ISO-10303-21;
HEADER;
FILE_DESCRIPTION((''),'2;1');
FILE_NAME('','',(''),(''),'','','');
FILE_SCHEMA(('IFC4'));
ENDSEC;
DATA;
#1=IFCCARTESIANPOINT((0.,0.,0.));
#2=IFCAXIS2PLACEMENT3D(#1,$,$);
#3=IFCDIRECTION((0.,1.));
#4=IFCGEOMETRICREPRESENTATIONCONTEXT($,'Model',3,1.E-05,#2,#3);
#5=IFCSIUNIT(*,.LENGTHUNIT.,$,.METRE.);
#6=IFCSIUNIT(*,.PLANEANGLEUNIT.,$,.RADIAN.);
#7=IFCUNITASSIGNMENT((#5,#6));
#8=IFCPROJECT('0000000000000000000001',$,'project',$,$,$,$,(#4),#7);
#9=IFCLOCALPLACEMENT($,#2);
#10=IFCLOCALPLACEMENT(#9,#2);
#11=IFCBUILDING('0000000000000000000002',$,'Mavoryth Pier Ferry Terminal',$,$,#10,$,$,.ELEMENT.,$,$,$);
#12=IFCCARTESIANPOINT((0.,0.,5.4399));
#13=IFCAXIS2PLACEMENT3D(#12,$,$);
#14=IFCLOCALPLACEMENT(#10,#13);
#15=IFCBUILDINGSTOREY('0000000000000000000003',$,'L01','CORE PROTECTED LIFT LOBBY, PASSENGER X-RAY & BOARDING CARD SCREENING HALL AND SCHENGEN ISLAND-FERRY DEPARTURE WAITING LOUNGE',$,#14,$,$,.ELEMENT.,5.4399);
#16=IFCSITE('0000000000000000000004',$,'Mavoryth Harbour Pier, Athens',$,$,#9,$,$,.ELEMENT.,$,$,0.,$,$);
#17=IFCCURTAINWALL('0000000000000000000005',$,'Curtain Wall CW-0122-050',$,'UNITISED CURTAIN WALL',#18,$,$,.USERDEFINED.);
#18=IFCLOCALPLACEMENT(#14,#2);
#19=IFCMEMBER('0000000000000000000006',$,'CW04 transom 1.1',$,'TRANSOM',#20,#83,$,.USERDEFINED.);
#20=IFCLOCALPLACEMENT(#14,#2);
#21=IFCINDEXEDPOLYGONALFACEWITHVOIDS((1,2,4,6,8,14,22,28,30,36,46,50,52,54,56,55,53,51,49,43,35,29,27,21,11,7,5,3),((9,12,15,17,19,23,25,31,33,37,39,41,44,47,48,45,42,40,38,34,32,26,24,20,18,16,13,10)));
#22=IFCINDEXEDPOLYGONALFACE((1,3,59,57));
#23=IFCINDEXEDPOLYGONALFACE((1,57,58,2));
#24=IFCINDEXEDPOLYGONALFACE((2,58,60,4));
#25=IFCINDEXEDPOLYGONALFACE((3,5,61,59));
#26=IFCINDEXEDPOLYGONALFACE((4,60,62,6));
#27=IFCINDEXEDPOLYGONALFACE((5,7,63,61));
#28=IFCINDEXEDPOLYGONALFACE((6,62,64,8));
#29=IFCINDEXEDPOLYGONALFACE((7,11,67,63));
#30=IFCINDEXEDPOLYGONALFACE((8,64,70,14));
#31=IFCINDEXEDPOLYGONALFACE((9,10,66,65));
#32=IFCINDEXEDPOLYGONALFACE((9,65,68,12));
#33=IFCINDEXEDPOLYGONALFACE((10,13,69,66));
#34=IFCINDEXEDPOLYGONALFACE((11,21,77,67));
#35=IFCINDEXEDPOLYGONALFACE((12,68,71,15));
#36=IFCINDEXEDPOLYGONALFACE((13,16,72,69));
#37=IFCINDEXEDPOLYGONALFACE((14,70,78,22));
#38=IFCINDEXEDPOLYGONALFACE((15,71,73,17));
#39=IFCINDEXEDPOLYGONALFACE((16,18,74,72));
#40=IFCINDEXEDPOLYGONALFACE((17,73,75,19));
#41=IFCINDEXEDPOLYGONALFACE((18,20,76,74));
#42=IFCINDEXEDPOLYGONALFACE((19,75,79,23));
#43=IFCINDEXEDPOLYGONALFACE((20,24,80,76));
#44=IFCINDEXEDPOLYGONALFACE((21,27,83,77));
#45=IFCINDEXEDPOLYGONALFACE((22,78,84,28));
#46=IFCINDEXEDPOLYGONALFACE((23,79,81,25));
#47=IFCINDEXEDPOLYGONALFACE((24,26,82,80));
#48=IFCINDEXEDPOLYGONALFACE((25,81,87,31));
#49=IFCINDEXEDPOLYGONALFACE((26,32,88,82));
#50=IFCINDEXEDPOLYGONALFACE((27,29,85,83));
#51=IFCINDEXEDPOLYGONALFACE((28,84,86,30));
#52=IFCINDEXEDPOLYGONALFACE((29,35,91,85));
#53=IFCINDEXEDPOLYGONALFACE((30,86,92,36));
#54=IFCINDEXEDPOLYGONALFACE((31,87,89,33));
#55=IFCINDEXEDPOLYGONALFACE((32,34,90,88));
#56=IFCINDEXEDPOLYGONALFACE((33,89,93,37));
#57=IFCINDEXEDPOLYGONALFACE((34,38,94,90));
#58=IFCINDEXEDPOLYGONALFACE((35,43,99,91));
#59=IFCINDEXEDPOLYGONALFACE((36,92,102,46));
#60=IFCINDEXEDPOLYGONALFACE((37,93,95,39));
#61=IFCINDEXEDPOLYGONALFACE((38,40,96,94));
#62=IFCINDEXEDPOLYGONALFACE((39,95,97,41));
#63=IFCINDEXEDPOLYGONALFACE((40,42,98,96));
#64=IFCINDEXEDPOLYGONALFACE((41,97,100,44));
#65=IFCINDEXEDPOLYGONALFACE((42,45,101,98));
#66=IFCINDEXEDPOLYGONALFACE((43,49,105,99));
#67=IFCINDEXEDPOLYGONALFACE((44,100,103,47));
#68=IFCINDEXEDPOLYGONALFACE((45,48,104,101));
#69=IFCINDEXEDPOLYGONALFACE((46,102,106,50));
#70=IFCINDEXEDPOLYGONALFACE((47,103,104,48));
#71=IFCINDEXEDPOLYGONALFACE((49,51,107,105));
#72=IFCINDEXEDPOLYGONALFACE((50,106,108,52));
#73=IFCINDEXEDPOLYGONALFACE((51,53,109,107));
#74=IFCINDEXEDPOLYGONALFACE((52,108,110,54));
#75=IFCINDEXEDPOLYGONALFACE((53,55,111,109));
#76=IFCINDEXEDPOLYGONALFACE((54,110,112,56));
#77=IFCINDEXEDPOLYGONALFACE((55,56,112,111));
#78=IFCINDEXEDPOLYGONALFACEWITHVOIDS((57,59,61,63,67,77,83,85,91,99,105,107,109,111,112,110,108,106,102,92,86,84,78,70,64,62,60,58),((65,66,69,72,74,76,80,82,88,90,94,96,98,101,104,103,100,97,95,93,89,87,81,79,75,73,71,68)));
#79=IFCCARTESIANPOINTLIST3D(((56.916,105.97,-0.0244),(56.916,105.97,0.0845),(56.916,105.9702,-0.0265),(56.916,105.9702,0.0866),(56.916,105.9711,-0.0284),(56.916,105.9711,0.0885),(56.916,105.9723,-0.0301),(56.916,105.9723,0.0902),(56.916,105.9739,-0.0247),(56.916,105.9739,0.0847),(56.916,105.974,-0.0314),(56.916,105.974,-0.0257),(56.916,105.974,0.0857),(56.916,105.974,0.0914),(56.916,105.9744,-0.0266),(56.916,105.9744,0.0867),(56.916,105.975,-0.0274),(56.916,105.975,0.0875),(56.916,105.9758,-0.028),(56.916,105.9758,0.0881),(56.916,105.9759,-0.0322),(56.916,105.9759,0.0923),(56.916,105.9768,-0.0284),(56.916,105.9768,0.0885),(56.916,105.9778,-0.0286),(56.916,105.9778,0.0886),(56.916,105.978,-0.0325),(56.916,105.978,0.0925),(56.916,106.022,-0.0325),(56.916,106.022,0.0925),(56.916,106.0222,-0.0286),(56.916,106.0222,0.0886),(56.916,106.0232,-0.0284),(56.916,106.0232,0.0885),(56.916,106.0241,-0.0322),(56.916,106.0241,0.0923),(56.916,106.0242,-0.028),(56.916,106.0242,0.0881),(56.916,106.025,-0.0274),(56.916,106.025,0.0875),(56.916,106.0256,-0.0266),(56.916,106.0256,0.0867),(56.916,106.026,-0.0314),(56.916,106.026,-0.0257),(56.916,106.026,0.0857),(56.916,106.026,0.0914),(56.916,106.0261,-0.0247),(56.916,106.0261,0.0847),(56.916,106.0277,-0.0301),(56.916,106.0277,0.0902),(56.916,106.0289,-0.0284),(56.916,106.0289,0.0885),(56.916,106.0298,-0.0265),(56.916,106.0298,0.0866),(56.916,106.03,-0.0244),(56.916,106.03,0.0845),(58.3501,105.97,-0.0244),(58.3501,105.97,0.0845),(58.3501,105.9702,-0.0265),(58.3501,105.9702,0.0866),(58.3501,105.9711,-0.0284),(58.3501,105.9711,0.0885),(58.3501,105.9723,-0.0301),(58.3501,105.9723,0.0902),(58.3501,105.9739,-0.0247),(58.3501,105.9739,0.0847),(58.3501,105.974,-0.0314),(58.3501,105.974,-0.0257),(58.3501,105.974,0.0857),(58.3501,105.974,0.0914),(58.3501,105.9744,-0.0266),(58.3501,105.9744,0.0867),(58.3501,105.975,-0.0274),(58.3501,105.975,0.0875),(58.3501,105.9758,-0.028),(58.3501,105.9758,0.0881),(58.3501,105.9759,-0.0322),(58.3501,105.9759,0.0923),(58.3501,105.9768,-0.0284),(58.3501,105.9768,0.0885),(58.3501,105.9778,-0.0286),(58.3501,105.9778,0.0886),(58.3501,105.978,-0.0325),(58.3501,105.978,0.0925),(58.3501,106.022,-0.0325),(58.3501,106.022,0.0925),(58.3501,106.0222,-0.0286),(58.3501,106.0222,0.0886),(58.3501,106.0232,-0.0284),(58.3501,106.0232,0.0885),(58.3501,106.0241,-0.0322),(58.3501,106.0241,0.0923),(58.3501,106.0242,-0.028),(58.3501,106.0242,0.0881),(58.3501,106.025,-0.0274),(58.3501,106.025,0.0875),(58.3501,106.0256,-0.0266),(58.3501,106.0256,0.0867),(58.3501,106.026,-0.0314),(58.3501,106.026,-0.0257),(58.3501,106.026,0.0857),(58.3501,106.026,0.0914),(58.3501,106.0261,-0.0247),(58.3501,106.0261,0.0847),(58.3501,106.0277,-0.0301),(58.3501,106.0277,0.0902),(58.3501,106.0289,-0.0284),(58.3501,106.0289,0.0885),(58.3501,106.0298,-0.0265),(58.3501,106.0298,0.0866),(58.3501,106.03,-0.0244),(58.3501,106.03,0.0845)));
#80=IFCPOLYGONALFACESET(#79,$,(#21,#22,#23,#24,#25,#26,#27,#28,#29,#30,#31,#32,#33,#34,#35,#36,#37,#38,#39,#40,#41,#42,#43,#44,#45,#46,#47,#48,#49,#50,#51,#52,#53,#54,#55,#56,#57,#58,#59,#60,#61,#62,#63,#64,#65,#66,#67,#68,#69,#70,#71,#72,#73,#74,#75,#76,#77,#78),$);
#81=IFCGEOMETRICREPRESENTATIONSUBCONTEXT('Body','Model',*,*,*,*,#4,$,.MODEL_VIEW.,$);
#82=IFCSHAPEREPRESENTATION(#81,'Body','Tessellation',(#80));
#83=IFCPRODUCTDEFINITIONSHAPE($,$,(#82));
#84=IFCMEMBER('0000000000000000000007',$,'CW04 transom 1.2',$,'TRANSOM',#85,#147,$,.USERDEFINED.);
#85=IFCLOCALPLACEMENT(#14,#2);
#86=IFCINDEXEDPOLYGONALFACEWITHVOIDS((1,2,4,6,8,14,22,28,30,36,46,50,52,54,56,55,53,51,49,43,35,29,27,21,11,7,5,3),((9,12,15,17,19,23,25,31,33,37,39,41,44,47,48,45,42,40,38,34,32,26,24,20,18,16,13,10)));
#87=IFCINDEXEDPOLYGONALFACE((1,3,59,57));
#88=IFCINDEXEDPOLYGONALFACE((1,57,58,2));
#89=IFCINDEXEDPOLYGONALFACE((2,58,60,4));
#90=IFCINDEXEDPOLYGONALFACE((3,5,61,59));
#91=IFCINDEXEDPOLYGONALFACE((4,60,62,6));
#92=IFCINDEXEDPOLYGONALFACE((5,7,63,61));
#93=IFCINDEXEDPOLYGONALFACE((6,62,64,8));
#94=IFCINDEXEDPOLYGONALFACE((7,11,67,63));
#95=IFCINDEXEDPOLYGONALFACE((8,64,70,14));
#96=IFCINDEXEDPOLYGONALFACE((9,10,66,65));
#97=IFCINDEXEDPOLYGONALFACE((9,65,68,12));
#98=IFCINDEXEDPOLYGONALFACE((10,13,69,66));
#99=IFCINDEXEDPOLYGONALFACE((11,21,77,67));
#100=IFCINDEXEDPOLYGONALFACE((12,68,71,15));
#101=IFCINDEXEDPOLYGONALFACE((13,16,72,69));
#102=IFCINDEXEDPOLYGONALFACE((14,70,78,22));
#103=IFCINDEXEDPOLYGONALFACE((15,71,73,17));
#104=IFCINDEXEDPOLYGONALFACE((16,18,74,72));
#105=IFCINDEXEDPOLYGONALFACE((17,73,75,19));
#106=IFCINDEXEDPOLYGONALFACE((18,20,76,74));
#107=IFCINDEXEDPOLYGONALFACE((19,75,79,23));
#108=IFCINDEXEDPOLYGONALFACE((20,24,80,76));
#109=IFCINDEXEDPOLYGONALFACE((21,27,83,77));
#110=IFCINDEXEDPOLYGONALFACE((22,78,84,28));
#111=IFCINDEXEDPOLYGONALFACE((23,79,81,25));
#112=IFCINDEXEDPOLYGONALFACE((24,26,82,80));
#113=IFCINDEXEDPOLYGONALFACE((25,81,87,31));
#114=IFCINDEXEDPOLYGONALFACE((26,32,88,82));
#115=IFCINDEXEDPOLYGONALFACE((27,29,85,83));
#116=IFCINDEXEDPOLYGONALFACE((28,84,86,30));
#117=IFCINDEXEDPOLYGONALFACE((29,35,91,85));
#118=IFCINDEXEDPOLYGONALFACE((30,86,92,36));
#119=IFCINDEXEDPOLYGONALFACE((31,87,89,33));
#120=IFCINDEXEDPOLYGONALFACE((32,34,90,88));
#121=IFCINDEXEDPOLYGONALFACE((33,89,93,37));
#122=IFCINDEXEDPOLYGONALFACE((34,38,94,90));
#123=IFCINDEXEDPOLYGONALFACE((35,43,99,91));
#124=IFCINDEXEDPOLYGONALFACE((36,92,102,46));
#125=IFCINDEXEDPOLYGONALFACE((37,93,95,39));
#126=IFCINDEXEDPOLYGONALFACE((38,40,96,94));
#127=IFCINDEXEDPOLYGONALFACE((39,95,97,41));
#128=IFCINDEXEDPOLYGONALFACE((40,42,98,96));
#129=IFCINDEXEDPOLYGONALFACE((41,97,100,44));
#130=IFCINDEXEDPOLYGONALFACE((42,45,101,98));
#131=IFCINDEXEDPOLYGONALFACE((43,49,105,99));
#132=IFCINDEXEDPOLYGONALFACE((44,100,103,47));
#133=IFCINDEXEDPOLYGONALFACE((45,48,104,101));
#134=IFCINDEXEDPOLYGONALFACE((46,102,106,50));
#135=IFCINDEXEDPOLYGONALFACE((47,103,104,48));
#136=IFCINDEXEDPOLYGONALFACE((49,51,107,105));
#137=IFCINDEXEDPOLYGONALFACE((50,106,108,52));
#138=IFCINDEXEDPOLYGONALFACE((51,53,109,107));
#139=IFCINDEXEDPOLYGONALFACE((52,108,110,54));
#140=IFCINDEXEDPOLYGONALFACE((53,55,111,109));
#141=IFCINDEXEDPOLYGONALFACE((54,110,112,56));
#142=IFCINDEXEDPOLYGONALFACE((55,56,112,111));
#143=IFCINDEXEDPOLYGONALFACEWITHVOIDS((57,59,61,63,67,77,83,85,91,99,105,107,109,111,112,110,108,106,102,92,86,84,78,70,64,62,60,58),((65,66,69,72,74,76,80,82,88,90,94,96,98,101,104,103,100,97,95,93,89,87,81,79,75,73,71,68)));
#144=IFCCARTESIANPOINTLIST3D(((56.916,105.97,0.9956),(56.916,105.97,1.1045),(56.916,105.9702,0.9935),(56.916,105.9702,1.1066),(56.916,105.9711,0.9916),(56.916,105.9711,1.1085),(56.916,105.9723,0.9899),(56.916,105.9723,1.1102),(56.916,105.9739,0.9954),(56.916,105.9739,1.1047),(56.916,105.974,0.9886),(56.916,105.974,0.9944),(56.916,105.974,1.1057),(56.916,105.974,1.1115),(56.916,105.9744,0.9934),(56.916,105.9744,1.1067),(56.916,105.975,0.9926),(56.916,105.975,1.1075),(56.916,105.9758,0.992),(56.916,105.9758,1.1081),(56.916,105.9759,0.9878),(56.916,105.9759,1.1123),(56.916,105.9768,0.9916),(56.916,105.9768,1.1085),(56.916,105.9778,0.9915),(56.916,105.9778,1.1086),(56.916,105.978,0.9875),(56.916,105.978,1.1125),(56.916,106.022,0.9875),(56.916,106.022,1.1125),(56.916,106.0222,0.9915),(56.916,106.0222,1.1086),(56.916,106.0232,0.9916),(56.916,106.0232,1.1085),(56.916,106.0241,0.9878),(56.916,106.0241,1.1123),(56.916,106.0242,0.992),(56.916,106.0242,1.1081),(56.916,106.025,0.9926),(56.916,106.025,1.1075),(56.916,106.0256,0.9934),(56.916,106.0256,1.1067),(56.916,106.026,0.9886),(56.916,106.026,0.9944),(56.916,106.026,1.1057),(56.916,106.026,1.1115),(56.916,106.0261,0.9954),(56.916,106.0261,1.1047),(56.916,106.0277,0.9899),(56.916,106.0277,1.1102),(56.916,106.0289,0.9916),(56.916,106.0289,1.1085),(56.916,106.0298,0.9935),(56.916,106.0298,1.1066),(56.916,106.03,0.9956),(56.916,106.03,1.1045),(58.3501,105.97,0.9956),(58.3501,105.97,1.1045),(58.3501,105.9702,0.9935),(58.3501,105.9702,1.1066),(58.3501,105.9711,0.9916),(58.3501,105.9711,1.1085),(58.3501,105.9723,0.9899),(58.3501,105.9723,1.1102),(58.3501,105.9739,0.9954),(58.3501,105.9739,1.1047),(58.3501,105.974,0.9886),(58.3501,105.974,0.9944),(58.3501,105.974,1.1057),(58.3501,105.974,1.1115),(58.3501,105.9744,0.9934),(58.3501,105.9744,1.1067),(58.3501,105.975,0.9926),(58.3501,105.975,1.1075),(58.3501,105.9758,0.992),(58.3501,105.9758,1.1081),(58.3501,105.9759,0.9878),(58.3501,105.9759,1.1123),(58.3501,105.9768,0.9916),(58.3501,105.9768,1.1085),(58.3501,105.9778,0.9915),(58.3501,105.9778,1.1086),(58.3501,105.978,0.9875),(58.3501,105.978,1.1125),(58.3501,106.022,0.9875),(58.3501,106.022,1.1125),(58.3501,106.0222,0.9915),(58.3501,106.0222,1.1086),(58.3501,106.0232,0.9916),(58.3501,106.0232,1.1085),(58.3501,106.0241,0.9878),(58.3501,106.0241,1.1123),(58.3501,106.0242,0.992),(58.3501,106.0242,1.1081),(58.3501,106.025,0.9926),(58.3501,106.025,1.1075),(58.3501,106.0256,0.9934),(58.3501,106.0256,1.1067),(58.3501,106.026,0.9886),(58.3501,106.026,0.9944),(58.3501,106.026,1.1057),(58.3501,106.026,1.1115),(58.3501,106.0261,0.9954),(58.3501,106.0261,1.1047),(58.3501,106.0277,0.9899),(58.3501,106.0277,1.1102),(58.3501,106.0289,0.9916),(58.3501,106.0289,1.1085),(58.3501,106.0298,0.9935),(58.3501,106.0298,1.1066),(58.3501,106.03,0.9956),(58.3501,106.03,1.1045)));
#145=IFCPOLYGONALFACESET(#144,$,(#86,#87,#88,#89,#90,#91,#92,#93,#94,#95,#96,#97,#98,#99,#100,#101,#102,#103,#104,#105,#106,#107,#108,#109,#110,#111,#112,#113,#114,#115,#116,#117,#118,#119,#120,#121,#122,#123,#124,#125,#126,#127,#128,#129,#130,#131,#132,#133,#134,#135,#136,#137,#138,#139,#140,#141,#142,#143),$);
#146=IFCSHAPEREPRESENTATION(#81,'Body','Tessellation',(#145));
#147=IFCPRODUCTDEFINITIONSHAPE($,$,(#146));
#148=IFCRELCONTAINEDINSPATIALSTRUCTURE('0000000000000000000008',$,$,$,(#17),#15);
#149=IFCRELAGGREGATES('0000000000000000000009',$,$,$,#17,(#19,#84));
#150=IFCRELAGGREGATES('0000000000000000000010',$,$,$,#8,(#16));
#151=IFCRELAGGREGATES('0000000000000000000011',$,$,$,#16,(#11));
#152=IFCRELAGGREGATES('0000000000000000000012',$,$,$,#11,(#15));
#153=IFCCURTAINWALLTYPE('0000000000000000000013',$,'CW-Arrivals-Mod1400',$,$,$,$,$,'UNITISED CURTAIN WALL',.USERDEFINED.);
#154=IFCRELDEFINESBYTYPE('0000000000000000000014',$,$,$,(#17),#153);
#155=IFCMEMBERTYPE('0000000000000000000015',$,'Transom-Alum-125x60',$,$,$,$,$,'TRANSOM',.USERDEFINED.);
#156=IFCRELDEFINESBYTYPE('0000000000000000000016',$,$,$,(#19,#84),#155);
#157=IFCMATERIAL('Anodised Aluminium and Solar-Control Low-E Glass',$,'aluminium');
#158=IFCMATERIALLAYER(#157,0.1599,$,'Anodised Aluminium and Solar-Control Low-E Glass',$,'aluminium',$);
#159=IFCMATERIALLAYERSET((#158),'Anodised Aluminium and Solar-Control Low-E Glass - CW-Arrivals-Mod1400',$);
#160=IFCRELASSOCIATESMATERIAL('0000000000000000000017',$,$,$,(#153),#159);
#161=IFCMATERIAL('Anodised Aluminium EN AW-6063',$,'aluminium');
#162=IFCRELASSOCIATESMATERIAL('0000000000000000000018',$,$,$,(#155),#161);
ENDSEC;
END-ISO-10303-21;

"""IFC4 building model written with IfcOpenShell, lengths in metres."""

from ifc_helpers import new_model, si_unit, direction, frame, origin, origin_2d, place, context, subcontext, project, spatial, hollow_rectangle, extrude, material, layer, layer_set, material_profile, profile_set, type_object, element, aggregate, save


model = new_model("IFC4")

# Units and contexts
model_context = context("Model", 3, precision=1e-05, world=origin(), true_north=direction((0.0, 1.0)))
body_context = subcontext(model_context, "Body", "Model", "MODEL_VIEW")
ifc_project = project(units=[si_unit("LENGTHUNIT", "METRE"), si_unit("PLANEANGLEUNIT", "RADIAN")], contexts=[model_context])

# Site, building, storey
site_placement = place(None, origin())
site = spatial("IfcSite", under=ifc_project, at=site_placement, Name="Mavoryth Harbour Pier, Athens", CompositionType="ELEMENT", RefElevation=0.0)
building_placement = place(site_placement, origin())
building = spatial("IfcBuilding", under=site, at=building_placement, Name="Mavoryth Pier Ferry Terminal", CompositionType="ELEMENT")
storey_placement = place(building_placement, frame((0.0, 0.0, 5.4399)))
storey = spatial("IfcBuildingStorey", under=building, at=storey_placement, Name="L01", Description="CORE PROTECTED LIFT LOBBY, PASSENGER X-RAY & BOARDING CARD SCREENING HALL AND SCHENGEN ISLAND-FERRY DEPARTURE WAITING LOUNGE", CompositionType="ELEMENT", Elevation=5.4399)

# Curtain wall
ifc_material_1 = material(Name="Anodised Aluminium and Solar-Control Low-E Glass", Category="aluminium")
ifc_layer_1 = layer(ifc_material_1, 0.1599, Name="Anodised Aluminium and Solar-Control Low-E Glass", Category="aluminium")
ifc_layer_set_1 = layer_set([ifc_layer_1], Name="Anodised Aluminium and Solar-Control Low-E Glass - CW-Arrivals-Mod1400")
curtain_wall_type_1 = type_object("IfcCurtainWallType", Name="CW-Arrivals-Mod1400", ElementType="UNITISED CURTAIN WALL", PredefinedType="USERDEFINED", material=ifc_layer_set_1)
curtain_wall_1_placement = place(storey_placement, origin())
curtain_wall_1 = element("IfcCurtainWall", 1, at=curtain_wall_1_placement, inside=storey, type_object=curtain_wall_type_1, Name="Curtain Wall CW-0122-050", ObjectType="UNITISED CURTAIN WALL", PredefinedType="USERDEFINED")
ifc_material_2 = material(Name="Anodised Aluminium EN AW-6063", Category="aluminium")

# Members
ifc_material_profile_1 = material_profile(ifc_material_2, hollow_rectangle(XDim=0.0601, YDim=0.125, WallThickness=0.0039, InnerFilletRadius=0.0039, OuterFilletRadius=0.0081, at=origin_2d()), Name="AL-TRAN 125x60x4", Category="aluminium")
ifc_profile_set_1 = profile_set([ifc_material_profile_1], Name="Anodised Aluminium EN AW-6063 - AL-TRAN 125x60x4")
member_type_1 = type_object("IfcMemberType", Name="Transom-Alum-125x60", ElementType="TRANSOM", PredefinedType="USERDEFINED", material=ifc_profile_set_1)
member_1_placement = place(storey_placement, frame((58.3501, 106.0, 0.03), z_axis=(-1.0, 0.0, 0.0), x_axis=(0.0, -1.0, 0.0)))
member_1 = element("IfcMember", 2, at=member_1_placement, type_object=member_type_1, Name="CW04 transom 1.1", ObjectType="TRANSOM", PredefinedType="USERDEFINED", context=body_context, shape_type="SweptSolid", body=[
    extrude(hollow_rectangle(XDim=0.0601, YDim=0.125, WallThickness=0.0039, InnerFilletRadius=0.0039, OuterFilletRadius=0.0081, at=origin_2d()), origin(), (0.0, 0.0, 1.0), 1.4341),
])
member_2_placement = place(storey_placement, frame((58.3501, 106.0, 1.05), z_axis=(-1.0, 0.0, 0.0), x_axis=(0.0, -1.0, 0.0)))
member_2 = element("IfcMember", 3, at=member_2_placement, type_object=member_type_1, Name="CW04 transom 1.2", ObjectType="TRANSOM", PredefinedType="USERDEFINED", context=body_context, shape_type="SweptSolid", body=[
    extrude(hollow_rectangle(XDim=0.0601, YDim=0.125, WallThickness=0.0039, InnerFilletRadius=0.0039, OuterFilletRadius=0.0081, at=origin_2d()), origin(), (0.0, 0.0, 1.0), 1.4341),
])

aggregate(curtain_wall_1, [member_1, member_2])

save(model, "model.ifc")
